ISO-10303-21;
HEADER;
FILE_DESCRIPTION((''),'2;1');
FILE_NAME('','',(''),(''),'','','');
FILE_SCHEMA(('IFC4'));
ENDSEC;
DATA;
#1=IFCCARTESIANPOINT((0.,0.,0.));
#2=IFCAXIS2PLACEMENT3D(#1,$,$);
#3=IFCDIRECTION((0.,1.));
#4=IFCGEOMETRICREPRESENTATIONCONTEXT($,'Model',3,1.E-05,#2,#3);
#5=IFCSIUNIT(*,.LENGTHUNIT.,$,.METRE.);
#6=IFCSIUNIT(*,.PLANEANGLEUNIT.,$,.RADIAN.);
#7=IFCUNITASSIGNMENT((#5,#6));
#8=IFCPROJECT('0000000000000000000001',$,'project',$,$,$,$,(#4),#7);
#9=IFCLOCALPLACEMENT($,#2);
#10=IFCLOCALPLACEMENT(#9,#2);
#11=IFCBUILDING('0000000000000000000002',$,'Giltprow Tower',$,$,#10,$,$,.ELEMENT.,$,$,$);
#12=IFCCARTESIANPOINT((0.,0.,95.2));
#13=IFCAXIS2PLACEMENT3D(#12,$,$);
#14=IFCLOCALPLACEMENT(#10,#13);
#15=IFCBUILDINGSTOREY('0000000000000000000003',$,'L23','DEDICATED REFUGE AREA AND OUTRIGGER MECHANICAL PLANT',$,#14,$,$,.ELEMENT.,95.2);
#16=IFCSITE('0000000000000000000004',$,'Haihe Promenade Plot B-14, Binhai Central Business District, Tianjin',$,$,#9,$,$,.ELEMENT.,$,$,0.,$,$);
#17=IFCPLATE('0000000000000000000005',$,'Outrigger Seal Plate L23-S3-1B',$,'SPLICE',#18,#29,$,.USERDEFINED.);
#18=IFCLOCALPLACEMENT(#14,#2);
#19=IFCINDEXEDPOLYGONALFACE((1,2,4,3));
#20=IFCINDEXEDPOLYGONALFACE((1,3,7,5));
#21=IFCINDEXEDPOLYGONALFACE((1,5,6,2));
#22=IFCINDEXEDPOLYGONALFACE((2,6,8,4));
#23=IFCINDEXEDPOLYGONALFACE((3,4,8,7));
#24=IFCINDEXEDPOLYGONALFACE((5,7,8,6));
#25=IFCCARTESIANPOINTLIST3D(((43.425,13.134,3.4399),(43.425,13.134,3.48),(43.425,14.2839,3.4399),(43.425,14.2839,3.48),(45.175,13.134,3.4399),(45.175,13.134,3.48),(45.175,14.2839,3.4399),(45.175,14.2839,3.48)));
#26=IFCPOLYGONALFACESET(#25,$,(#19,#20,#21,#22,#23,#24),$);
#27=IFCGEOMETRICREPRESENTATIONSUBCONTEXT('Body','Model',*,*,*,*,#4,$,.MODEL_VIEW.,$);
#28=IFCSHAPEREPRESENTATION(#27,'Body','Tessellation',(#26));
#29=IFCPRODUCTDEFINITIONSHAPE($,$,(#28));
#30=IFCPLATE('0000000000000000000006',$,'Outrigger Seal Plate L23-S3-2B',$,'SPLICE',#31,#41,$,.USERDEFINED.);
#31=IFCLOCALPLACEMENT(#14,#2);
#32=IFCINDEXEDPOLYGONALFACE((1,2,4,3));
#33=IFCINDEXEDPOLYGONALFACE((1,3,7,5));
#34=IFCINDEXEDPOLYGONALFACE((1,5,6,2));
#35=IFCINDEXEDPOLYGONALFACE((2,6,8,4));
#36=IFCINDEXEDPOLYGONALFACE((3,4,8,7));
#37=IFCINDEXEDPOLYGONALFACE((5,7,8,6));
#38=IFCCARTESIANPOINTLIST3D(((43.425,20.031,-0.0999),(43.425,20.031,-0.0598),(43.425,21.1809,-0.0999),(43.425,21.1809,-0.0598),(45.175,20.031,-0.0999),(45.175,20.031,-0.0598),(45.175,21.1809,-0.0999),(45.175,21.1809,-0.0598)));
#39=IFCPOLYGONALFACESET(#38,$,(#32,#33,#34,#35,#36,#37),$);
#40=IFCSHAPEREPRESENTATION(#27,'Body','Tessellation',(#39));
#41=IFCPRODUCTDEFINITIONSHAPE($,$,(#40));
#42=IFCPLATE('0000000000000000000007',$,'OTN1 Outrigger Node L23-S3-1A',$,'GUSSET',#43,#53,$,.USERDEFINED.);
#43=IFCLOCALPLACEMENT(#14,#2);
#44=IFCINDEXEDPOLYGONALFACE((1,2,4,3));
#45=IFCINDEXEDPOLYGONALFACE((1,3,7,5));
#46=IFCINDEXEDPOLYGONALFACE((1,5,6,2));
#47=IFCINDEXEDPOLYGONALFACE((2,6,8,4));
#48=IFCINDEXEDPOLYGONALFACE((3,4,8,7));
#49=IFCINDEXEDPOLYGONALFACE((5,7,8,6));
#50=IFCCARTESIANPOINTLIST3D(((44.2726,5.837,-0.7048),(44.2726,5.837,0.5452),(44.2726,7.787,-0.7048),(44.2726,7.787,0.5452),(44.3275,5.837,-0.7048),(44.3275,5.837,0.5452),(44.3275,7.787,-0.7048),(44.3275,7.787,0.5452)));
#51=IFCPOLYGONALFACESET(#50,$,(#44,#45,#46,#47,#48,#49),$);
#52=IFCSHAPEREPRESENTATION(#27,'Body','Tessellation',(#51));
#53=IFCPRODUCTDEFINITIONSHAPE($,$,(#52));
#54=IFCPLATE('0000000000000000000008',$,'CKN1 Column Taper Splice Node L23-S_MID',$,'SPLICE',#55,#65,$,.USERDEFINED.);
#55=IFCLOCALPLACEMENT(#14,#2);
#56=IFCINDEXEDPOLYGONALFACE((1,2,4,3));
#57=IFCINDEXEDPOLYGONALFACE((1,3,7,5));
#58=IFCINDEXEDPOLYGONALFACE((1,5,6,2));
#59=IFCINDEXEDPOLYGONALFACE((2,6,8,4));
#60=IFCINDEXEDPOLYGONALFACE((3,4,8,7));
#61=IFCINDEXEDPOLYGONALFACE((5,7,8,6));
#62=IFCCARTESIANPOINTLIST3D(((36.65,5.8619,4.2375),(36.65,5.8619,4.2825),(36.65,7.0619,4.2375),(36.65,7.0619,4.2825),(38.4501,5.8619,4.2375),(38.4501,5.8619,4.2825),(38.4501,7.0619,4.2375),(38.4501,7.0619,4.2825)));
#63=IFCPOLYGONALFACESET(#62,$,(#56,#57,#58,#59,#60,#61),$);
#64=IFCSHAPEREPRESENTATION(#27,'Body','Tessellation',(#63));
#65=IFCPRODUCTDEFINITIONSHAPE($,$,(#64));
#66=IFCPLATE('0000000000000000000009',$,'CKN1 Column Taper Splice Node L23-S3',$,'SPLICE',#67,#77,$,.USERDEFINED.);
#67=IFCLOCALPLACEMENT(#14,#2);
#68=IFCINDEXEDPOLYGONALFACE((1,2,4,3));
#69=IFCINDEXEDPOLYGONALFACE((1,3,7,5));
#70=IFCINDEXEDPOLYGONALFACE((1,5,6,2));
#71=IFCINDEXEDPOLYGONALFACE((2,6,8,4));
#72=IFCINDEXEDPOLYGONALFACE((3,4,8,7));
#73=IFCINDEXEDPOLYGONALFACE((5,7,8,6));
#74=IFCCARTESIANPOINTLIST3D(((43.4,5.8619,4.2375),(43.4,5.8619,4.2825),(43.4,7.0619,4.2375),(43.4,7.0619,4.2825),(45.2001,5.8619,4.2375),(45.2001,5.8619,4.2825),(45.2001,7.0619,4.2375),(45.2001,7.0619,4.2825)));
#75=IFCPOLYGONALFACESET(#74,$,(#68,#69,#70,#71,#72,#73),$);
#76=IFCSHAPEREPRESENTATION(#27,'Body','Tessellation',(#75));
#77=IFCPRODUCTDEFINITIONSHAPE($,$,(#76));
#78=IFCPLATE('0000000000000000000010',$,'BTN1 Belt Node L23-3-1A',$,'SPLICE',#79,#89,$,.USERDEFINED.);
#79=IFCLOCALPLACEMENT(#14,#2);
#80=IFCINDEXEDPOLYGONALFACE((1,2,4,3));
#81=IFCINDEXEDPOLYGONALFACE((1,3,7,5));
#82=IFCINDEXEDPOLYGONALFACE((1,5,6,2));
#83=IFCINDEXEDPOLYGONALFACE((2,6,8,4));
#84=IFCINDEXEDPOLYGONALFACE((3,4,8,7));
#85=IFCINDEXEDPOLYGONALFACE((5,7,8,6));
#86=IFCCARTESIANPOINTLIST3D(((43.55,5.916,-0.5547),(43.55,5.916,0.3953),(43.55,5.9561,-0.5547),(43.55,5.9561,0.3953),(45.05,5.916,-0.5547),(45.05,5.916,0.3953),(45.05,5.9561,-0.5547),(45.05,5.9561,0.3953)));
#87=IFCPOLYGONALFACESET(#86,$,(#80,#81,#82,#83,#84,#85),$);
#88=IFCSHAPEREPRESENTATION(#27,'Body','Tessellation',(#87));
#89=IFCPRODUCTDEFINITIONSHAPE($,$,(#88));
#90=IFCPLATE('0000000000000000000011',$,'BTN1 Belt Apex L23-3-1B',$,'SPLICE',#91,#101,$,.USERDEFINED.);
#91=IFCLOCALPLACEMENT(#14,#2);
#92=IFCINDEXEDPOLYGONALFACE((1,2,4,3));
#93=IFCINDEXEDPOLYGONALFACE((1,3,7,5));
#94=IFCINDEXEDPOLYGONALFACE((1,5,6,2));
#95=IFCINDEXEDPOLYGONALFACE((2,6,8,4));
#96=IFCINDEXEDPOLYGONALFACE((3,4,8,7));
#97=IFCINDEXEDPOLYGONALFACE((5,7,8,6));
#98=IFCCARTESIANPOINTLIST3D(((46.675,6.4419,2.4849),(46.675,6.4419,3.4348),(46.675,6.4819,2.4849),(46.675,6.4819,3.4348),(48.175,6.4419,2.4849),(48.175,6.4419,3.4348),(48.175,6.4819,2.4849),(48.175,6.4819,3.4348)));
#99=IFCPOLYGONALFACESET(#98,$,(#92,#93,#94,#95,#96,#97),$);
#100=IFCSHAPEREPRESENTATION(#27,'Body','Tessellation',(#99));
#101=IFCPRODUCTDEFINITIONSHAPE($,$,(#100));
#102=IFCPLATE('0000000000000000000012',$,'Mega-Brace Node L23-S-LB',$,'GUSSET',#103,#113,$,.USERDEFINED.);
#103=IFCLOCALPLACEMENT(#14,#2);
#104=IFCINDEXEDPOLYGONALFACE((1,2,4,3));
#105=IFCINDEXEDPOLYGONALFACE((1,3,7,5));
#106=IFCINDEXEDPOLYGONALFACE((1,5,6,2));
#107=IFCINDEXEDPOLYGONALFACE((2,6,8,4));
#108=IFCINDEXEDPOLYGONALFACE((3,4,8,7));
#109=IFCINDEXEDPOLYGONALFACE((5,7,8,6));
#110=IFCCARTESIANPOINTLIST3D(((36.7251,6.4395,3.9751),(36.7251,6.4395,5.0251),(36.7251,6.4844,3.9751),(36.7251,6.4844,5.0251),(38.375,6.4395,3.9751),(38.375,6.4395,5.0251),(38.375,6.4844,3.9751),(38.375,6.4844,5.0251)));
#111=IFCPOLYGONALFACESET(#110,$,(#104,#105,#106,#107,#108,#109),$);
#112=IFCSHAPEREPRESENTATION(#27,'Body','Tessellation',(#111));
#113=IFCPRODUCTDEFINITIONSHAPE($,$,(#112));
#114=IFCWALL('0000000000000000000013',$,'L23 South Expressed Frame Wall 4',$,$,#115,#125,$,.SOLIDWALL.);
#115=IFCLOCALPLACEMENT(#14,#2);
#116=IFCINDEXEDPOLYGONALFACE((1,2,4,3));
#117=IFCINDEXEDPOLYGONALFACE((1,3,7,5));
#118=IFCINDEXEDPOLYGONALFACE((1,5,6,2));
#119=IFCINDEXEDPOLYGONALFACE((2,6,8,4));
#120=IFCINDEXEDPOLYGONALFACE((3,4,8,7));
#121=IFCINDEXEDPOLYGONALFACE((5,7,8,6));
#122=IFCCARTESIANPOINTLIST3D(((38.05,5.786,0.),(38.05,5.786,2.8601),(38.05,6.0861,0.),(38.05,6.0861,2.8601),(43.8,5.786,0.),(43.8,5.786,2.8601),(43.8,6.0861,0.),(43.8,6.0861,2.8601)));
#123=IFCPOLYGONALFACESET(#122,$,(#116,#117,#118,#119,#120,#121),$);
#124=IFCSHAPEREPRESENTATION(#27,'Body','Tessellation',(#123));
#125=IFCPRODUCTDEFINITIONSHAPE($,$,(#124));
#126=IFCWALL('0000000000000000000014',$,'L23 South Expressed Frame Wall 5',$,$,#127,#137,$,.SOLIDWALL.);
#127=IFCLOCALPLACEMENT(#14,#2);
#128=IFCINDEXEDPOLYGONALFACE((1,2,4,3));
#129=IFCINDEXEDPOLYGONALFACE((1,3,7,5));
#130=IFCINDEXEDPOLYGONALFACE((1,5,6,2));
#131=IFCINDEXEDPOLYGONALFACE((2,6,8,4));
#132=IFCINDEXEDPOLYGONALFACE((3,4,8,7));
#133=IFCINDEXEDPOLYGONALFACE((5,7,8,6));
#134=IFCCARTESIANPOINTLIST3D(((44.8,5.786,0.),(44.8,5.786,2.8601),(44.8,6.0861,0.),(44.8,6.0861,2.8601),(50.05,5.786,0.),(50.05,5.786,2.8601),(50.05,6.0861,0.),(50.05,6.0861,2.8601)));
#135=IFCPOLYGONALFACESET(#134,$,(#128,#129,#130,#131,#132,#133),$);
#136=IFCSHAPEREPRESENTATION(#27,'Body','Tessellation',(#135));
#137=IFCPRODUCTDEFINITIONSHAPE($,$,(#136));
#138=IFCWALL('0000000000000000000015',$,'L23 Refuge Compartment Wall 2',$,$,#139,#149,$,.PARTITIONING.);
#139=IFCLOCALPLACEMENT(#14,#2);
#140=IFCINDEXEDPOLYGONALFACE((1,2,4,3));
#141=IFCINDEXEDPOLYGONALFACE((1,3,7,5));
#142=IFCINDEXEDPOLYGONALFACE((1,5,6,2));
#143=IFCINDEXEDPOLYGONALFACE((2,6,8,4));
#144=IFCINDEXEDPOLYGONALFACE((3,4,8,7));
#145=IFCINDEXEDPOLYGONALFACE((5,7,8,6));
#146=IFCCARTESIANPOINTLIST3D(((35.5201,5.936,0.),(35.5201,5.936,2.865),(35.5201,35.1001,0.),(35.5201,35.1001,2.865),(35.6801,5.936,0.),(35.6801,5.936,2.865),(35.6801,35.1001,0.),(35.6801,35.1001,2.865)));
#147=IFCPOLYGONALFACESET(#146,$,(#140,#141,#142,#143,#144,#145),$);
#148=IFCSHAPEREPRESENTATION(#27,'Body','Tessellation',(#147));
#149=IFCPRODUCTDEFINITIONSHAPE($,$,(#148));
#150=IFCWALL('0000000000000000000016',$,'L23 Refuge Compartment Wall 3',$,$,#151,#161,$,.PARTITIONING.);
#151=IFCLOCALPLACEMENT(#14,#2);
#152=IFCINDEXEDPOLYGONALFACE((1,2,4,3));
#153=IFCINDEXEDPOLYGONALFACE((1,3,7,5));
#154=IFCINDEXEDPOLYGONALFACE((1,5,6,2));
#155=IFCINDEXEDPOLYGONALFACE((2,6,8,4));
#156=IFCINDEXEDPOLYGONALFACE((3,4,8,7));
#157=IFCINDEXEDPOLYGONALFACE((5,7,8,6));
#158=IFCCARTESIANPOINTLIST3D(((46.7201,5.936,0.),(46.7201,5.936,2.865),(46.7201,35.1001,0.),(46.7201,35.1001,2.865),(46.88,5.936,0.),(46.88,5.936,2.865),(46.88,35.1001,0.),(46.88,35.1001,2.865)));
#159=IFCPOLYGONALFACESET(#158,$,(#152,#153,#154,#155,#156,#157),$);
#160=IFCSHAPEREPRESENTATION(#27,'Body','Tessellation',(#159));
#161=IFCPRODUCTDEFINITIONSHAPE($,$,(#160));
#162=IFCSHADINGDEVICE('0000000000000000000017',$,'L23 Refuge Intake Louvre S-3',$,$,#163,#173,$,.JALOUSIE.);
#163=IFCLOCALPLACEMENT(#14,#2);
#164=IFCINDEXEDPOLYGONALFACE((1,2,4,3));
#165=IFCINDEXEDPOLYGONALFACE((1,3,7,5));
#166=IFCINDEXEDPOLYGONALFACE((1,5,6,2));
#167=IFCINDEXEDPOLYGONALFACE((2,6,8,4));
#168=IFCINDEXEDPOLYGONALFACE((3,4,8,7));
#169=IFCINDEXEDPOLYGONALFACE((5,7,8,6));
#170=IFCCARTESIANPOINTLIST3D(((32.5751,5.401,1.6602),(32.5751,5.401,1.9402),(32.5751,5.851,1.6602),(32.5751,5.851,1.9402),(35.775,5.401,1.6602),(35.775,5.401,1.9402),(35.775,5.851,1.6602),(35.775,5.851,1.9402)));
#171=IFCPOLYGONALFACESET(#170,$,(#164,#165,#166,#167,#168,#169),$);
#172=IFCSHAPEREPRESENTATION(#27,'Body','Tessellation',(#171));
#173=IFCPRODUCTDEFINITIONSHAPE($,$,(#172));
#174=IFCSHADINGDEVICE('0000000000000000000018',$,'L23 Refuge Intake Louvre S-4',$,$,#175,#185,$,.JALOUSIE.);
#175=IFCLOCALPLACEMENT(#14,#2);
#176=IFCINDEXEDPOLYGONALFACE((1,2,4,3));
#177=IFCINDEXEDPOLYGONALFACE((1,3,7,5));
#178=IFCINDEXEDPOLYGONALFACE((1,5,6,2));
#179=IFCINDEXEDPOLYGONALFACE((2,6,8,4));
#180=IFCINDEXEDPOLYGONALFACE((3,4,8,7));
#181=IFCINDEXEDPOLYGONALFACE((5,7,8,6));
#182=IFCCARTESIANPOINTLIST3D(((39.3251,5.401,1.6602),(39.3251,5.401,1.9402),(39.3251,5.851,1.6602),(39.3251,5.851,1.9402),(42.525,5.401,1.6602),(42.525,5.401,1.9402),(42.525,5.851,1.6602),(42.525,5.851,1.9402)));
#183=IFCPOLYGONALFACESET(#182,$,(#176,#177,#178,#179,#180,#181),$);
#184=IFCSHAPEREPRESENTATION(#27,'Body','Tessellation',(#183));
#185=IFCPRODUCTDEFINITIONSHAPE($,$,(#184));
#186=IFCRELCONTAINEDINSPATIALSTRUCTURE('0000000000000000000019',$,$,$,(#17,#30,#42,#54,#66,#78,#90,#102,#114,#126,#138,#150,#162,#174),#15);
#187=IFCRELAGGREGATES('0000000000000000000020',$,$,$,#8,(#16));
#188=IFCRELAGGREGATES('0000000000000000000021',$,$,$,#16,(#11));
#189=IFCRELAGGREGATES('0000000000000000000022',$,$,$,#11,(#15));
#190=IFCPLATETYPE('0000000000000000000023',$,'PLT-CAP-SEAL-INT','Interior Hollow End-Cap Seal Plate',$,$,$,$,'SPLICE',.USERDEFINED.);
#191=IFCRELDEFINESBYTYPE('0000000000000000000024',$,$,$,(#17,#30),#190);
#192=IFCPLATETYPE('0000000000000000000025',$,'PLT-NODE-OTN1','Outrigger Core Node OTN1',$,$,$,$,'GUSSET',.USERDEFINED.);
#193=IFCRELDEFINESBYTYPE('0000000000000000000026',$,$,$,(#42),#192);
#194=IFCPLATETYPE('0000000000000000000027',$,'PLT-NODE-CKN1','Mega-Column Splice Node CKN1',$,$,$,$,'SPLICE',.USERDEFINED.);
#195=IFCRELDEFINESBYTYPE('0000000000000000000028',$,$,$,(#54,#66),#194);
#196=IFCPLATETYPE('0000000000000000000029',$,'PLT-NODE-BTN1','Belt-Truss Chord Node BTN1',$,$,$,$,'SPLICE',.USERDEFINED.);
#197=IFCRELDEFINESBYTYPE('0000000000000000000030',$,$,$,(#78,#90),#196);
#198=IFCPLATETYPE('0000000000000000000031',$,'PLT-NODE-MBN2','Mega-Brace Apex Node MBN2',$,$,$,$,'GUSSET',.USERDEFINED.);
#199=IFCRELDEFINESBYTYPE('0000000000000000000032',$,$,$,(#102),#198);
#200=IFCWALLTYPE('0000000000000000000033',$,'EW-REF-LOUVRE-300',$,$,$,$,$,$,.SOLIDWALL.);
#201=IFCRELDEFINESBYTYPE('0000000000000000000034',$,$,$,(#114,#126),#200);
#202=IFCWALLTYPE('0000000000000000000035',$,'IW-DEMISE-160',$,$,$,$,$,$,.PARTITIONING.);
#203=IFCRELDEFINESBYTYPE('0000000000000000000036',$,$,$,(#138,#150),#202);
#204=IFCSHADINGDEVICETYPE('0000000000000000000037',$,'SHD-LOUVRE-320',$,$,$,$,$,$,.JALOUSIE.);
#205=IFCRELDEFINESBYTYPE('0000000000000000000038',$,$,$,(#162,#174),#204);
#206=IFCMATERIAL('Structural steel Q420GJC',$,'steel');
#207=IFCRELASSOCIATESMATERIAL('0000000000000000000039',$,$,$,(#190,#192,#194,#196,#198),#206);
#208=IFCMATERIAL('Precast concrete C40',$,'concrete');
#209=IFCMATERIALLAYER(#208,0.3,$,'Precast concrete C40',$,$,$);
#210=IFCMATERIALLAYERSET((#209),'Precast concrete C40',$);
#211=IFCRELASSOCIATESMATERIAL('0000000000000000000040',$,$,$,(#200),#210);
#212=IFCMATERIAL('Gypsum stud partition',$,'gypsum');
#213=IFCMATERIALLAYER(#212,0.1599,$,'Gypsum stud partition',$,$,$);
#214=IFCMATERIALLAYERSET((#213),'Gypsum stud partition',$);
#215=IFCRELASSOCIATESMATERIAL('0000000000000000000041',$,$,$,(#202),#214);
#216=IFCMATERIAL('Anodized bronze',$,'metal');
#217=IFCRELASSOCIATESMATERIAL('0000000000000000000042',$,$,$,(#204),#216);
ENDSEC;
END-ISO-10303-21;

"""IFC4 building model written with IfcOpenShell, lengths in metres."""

from ifc_helpers import new_model, si_unit, direction, frame, frame_2d, origin, origin_2d, place, context, subcontext, project, spatial, rectangle, extrude, source, transform, mapped, material, layer, layer_set, type_object, element, save


model = new_model("IFC4")

# Units and contexts
model_context = context("Model", 3, precision=1e-05, world=origin(), true_north=direction((0.0, 1.0)))
body_context = subcontext(model_context, "Body", "Model", "MODEL_VIEW")
ifc_project = project(units=[si_unit("LENGTHUNIT", "METRE"), si_unit("PLANEANGLEUNIT", "RADIAN")], contexts=[model_context])

# Site, building, storey
site_placement = place(None, origin())
site = spatial("IfcSite", under=ifc_project, at=site_placement, Name="Haihe Promenade Plot B-14, Binhai Central Business District, Tianjin", CompositionType="ELEMENT", RefElevation=0.0)
building_placement = place(site_placement, origin())
building = spatial("IfcBuilding", under=site, at=building_placement, Name="Giltprow Tower", CompositionType="ELEMENT")
storey_placement = place(building_placement, frame((0.0, 0.0, 95.2)))
storey = spatial("IfcBuildingStorey", under=building, at=storey_placement, Name="L23", Description="DEDICATED REFUGE AREA AND OUTRIGGER MECHANICAL PLANT", CompositionType="ELEMENT", Elevation=95.2)

# Shared definitions
ifc_material_1 = material(Name="Structural steel Q420GJC", Category="steel")

# Plates
plate_type_1 = type_object("IfcPlateType", Name="PLT-CAP-SEAL-INT", Description="Interior Hollow End-Cap Seal Plate", ElementType="SPLICE", PredefinedType="USERDEFINED", material=ifc_material_1)
shared_shape_1 = source(origin(), body_context, "Body", "SweptSolid", [
    extrude(rectangle(XDim=1.75, YDim=1.1499, at=origin_2d()), origin(), (0.0, 0.0, 1.0), 0.04),
])
for number, where, z_axis, x_axis, name in (
    (1, (44.3, 13.709, 3.4399), (0.0, 0.0, 1.0), (1.0, 0.0, 0.0), "Outrigger Seal Plate L23-S3-1B"),
    (2, (44.3, 20.606, -0.0999), (0.0, 0.0, 1.0), (1.0, 0.0, 0.0), "Outrigger Seal Plate L23-S3-2B"),
):
    element("IfcPlate", number, at=place(storey_placement, frame(where, z_axis=z_axis, x_axis=x_axis)), inside=storey, type_object=plate_type_1, Name=name, ObjectType="SPLICE", PredefinedType="USERDEFINED", context=body_context, shape_type="MappedRepresentation", body=[
        mapped(shared_shape_1, transform((0.0, 0.0, 0.0), x_axis=(1.0, 0.0, 0.0), y_axis=(0.0, 1.0, 0.0), z_axis=(0.0, 0.0, 1.0), scale=1.0)),
    ])
plate_type_2 = type_object("IfcPlateType", Name="PLT-NODE-OTN1", Description="Outrigger Core Node OTN1", ElementType="GUSSET", PredefinedType="USERDEFINED", material=ifc_material_1)
shared_shape_2 = source(origin(), body_context, "Body", "SweptSolid", [
    extrude(rectangle(XDim=1.95, YDim=0.0549, at=origin_2d()), origin(), (0.0, 0.0, 1.0), 1.25),
])
plate_1_placement = place(storey_placement, frame((44.3, 6.812, -0.7048), z_axis=(0.0, 0.0, 1.0), x_axis=(0.0, 1.0, 0.0)))
element("IfcPlate", 3, at=plate_1_placement, inside=storey, type_object=plate_type_2, Name="OTN1 Outrigger Node L23-S3-1A", ObjectType="GUSSET", PredefinedType="USERDEFINED", context=body_context, shape_type="MappedRepresentation", body=[
    mapped(shared_shape_2, transform((0.0, 0.0, 0.0), x_axis=(1.0, 0.0, 0.0), y_axis=(0.0, 1.0, 0.0), z_axis=(0.0, 0.0, 1.0), scale=1.0)),
])
plate_type_3 = type_object("IfcPlateType", Name="PLT-NODE-CKN1", Description="Mega-Column Splice Node CKN1", ElementType="SPLICE", PredefinedType="USERDEFINED", material=ifc_material_1)
shared_shape_3 = source(origin(), body_context, "Body", "SweptSolid", [
    extrude(rectangle(XDim=1.8, YDim=1.2, at=origin_2d()), origin(), (0.0, 0.0, 1.0), 0.0449),
])
for number, where, z_axis, x_axis, name in (
    (4, (37.55, 6.4619, 4.2375), (0.0, 0.0, 1.0), (1.0, 0.0, 0.0), "CKN1 Column Taper Splice Node L23-S_MID"),
    (5, (44.3, 6.4619, 4.2375), (0.0, 0.0, 1.0), (1.0, 0.0, 0.0), "CKN1 Column Taper Splice Node L23-S3"),
):
    element("IfcPlate", number, at=place(storey_placement, frame(where, z_axis=z_axis, x_axis=x_axis)), inside=storey, type_object=plate_type_3, Name=name, ObjectType="SPLICE", PredefinedType="USERDEFINED", context=body_context, shape_type="MappedRepresentation", body=[
        mapped(shared_shape_3, transform((0.0, 0.0, 0.0), x_axis=(1.0, 0.0, 0.0), y_axis=(0.0, 1.0, 0.0), z_axis=(0.0, 0.0, 1.0), scale=1.0)),
    ])
plate_type_4 = type_object("IfcPlateType", Name="PLT-NODE-BTN1", Description="Belt-Truss Chord Node BTN1", ElementType="SPLICE", PredefinedType="USERDEFINED", material=ifc_material_1)
shared_shape_4 = source(origin(), body_context, "Body", "SweptSolid", [
    extrude(rectangle(XDim=1.5, YDim=0.04, at=origin_2d()), origin(), (0.0, 0.0, 1.0), 0.95),
])
for number, where, z_axis, x_axis, name in (
    (6, (44.3, 5.936, -0.5547), (0.0, 0.0, 1.0), (1.0, 0.0, 0.0), "BTN1 Belt Node L23-3-1A"),
    (7, (47.425, 6.4619, 2.4849), (0.0, 0.0, 1.0), (1.0, 0.0, 0.0), "BTN1 Belt Apex L23-3-1B"),
):
    element("IfcPlate", number, at=place(storey_placement, frame(where, z_axis=z_axis, x_axis=x_axis)), inside=storey, type_object=plate_type_4, Name=name, ObjectType="SPLICE", PredefinedType="USERDEFINED", context=body_context, shape_type="MappedRepresentation", body=[
        mapped(shared_shape_4, transform((0.0, 0.0, 0.0), x_axis=(1.0, 0.0, 0.0), y_axis=(0.0, 1.0, 0.0), z_axis=(0.0, 0.0, 1.0), scale=1.0)),
    ])
plate_type_5 = type_object("IfcPlateType", Name="PLT-NODE-MBN2", Description="Mega-Brace Apex Node MBN2", ElementType="GUSSET", PredefinedType="USERDEFINED", material=ifc_material_1)
shared_shape_5 = source(origin(), body_context, "Body", "SweptSolid", [
    extrude(rectangle(XDim=1.6499, YDim=0.0449, at=origin_2d()), origin(), (0.0, 0.0, 1.0), 1.05),
])
plate_2_placement = place(storey_placement, frame((37.55, 6.4619, 3.9751), z_axis=(0.0, 0.0, 1.0), x_axis=(1.0, 0.0, 0.0)))
element("IfcPlate", 8, at=plate_2_placement, inside=storey, type_object=plate_type_5, Name="Mega-Brace Node L23-S-LB", ObjectType="GUSSET", PredefinedType="USERDEFINED", context=body_context, shape_type="MappedRepresentation", body=[
    mapped(shared_shape_5, transform((0.0, 0.0, 0.0), x_axis=(1.0, 0.0, 0.0), y_axis=(0.0, 1.0, 0.0), z_axis=(0.0, 0.0, 1.0), scale=1.0)),
])

# Walls
ifc_material_2 = material(Name="Precast concrete C40", Category="concrete")
ifc_layer_1 = layer(ifc_material_2, 0.3, Name="Precast concrete C40")
ifc_layer_set_1 = layer_set([ifc_layer_1], Name="Precast concrete C40")
wall_type_1 = type_object("IfcWallType", Name="EW-REF-LOUVRE-300", PredefinedType="SOLIDWALL", material=ifc_layer_set_1)
wall_1_placement = place(storey_placement, frame((38.05, 5.936, 0.0), z_axis=(0.0, 0.0, 1.0), x_axis=(1.0, 0.0, 0.0)))
element("IfcWall", 9, at=wall_1_placement, inside=storey, type_object=wall_type_1, Name="L23 South Expressed Frame Wall 4", PredefinedType="SOLIDWALL", context=body_context, shape_type="SweptSolid", body=[
    extrude(rectangle(XDim=5.75, YDim=0.3, at=frame_2d((2.875, 0.0))), origin(), (0.0, 0.0, 1.0), 2.8601),
])
wall_2_placement = place(storey_placement, frame((44.8, 5.936, 0.0), z_axis=(0.0, 0.0, 1.0), x_axis=(1.0, 0.0, 0.0)))
element("IfcWall", 10, at=wall_2_placement, inside=storey, type_object=wall_type_1, Name="L23 South Expressed Frame Wall 5", PredefinedType="SOLIDWALL", context=body_context, shape_type="SweptSolid", body=[
    extrude(rectangle(XDim=5.25, YDim=0.3, at=frame_2d((2.625, 0.0))), origin(), (0.0, 0.0, 1.0), 2.8601),
])
ifc_material_3 = material(Name="Gypsum stud partition", Category="gypsum")
ifc_layer_2 = layer(ifc_material_3, 0.1599, Name="Gypsum stud partition")
ifc_layer_set_2 = layer_set([ifc_layer_2], Name="Gypsum stud partition")
wall_type_2 = type_object("IfcWallType", Name="IW-DEMISE-160", PredefinedType="PARTITIONING", material=ifc_layer_set_2)
for number, where, z_axis, x_axis, name in (
    (11, (35.6001, 5.936, 0.0), (0.0, 0.0, 1.0), (0.0, 1.0, 0.0), "L23 Refuge Compartment Wall 2"),
    (12, (46.8, 5.936, 0.0), (0.0, 0.0, 1.0), (0.0, 1.0, 0.0), "L23 Refuge Compartment Wall 3"),
):
    element("IfcWall", number, at=place(storey_placement, frame(where, z_axis=z_axis, x_axis=x_axis)), inside=storey, type_object=wall_type_2, Name=name, PredefinedType="PARTITIONING", context=body_context, shape_type="SweptSolid", body=[
        extrude(rectangle(XDim=29.1641, YDim=0.1599, at=frame_2d((14.582, 0.0))), origin(), (0.0, 0.0, 1.0), 2.865),
    ])

# Shading devices
ifc_material_4 = material(Name="Anodized bronze", Category="metal")
shading_device_type = type_object("IfcShadingDeviceType", Name="SHD-LOUVRE-320", PredefinedType="JALOUSIE", material=ifc_material_4)
shared_shape_6 = source(origin(), body_context, "Body", "SweptSolid", [
    extrude(rectangle(XDim=3.2, YDim=0.45, at=origin_2d()), origin(), (0.0, 0.0, 1.0), 0.28),
])
for number, where, z_axis, x_axis, name in (
    (13, (34.175, 5.626, 1.6602), (0.0, 0.0, 1.0), (1.0, 0.0, 0.0), "L23 Refuge Intake Louvre S-3"),
    (14, (40.925, 5.626, 1.6602), (0.0, 0.0, 1.0), (1.0, 0.0, 0.0), "L23 Refuge Intake Louvre S-4"),
):
    element("IfcShadingDevice", number, at=place(storey_placement, frame(where, z_axis=z_axis, x_axis=x_axis)), inside=storey, type_object=shading_device_type, Name=name, PredefinedType="JALOUSIE", context=body_context, shape_type="MappedRepresentation", body=[
        mapped(shared_shape_6, transform((0.0, 0.0, 0.0), x_axis=(1.0, 0.0, 0.0), y_axis=(0.0, 1.0, 0.0), z_axis=(0.0, 0.0, 1.0), scale=1.0)),
    ])

save(model, "model.ifc")
